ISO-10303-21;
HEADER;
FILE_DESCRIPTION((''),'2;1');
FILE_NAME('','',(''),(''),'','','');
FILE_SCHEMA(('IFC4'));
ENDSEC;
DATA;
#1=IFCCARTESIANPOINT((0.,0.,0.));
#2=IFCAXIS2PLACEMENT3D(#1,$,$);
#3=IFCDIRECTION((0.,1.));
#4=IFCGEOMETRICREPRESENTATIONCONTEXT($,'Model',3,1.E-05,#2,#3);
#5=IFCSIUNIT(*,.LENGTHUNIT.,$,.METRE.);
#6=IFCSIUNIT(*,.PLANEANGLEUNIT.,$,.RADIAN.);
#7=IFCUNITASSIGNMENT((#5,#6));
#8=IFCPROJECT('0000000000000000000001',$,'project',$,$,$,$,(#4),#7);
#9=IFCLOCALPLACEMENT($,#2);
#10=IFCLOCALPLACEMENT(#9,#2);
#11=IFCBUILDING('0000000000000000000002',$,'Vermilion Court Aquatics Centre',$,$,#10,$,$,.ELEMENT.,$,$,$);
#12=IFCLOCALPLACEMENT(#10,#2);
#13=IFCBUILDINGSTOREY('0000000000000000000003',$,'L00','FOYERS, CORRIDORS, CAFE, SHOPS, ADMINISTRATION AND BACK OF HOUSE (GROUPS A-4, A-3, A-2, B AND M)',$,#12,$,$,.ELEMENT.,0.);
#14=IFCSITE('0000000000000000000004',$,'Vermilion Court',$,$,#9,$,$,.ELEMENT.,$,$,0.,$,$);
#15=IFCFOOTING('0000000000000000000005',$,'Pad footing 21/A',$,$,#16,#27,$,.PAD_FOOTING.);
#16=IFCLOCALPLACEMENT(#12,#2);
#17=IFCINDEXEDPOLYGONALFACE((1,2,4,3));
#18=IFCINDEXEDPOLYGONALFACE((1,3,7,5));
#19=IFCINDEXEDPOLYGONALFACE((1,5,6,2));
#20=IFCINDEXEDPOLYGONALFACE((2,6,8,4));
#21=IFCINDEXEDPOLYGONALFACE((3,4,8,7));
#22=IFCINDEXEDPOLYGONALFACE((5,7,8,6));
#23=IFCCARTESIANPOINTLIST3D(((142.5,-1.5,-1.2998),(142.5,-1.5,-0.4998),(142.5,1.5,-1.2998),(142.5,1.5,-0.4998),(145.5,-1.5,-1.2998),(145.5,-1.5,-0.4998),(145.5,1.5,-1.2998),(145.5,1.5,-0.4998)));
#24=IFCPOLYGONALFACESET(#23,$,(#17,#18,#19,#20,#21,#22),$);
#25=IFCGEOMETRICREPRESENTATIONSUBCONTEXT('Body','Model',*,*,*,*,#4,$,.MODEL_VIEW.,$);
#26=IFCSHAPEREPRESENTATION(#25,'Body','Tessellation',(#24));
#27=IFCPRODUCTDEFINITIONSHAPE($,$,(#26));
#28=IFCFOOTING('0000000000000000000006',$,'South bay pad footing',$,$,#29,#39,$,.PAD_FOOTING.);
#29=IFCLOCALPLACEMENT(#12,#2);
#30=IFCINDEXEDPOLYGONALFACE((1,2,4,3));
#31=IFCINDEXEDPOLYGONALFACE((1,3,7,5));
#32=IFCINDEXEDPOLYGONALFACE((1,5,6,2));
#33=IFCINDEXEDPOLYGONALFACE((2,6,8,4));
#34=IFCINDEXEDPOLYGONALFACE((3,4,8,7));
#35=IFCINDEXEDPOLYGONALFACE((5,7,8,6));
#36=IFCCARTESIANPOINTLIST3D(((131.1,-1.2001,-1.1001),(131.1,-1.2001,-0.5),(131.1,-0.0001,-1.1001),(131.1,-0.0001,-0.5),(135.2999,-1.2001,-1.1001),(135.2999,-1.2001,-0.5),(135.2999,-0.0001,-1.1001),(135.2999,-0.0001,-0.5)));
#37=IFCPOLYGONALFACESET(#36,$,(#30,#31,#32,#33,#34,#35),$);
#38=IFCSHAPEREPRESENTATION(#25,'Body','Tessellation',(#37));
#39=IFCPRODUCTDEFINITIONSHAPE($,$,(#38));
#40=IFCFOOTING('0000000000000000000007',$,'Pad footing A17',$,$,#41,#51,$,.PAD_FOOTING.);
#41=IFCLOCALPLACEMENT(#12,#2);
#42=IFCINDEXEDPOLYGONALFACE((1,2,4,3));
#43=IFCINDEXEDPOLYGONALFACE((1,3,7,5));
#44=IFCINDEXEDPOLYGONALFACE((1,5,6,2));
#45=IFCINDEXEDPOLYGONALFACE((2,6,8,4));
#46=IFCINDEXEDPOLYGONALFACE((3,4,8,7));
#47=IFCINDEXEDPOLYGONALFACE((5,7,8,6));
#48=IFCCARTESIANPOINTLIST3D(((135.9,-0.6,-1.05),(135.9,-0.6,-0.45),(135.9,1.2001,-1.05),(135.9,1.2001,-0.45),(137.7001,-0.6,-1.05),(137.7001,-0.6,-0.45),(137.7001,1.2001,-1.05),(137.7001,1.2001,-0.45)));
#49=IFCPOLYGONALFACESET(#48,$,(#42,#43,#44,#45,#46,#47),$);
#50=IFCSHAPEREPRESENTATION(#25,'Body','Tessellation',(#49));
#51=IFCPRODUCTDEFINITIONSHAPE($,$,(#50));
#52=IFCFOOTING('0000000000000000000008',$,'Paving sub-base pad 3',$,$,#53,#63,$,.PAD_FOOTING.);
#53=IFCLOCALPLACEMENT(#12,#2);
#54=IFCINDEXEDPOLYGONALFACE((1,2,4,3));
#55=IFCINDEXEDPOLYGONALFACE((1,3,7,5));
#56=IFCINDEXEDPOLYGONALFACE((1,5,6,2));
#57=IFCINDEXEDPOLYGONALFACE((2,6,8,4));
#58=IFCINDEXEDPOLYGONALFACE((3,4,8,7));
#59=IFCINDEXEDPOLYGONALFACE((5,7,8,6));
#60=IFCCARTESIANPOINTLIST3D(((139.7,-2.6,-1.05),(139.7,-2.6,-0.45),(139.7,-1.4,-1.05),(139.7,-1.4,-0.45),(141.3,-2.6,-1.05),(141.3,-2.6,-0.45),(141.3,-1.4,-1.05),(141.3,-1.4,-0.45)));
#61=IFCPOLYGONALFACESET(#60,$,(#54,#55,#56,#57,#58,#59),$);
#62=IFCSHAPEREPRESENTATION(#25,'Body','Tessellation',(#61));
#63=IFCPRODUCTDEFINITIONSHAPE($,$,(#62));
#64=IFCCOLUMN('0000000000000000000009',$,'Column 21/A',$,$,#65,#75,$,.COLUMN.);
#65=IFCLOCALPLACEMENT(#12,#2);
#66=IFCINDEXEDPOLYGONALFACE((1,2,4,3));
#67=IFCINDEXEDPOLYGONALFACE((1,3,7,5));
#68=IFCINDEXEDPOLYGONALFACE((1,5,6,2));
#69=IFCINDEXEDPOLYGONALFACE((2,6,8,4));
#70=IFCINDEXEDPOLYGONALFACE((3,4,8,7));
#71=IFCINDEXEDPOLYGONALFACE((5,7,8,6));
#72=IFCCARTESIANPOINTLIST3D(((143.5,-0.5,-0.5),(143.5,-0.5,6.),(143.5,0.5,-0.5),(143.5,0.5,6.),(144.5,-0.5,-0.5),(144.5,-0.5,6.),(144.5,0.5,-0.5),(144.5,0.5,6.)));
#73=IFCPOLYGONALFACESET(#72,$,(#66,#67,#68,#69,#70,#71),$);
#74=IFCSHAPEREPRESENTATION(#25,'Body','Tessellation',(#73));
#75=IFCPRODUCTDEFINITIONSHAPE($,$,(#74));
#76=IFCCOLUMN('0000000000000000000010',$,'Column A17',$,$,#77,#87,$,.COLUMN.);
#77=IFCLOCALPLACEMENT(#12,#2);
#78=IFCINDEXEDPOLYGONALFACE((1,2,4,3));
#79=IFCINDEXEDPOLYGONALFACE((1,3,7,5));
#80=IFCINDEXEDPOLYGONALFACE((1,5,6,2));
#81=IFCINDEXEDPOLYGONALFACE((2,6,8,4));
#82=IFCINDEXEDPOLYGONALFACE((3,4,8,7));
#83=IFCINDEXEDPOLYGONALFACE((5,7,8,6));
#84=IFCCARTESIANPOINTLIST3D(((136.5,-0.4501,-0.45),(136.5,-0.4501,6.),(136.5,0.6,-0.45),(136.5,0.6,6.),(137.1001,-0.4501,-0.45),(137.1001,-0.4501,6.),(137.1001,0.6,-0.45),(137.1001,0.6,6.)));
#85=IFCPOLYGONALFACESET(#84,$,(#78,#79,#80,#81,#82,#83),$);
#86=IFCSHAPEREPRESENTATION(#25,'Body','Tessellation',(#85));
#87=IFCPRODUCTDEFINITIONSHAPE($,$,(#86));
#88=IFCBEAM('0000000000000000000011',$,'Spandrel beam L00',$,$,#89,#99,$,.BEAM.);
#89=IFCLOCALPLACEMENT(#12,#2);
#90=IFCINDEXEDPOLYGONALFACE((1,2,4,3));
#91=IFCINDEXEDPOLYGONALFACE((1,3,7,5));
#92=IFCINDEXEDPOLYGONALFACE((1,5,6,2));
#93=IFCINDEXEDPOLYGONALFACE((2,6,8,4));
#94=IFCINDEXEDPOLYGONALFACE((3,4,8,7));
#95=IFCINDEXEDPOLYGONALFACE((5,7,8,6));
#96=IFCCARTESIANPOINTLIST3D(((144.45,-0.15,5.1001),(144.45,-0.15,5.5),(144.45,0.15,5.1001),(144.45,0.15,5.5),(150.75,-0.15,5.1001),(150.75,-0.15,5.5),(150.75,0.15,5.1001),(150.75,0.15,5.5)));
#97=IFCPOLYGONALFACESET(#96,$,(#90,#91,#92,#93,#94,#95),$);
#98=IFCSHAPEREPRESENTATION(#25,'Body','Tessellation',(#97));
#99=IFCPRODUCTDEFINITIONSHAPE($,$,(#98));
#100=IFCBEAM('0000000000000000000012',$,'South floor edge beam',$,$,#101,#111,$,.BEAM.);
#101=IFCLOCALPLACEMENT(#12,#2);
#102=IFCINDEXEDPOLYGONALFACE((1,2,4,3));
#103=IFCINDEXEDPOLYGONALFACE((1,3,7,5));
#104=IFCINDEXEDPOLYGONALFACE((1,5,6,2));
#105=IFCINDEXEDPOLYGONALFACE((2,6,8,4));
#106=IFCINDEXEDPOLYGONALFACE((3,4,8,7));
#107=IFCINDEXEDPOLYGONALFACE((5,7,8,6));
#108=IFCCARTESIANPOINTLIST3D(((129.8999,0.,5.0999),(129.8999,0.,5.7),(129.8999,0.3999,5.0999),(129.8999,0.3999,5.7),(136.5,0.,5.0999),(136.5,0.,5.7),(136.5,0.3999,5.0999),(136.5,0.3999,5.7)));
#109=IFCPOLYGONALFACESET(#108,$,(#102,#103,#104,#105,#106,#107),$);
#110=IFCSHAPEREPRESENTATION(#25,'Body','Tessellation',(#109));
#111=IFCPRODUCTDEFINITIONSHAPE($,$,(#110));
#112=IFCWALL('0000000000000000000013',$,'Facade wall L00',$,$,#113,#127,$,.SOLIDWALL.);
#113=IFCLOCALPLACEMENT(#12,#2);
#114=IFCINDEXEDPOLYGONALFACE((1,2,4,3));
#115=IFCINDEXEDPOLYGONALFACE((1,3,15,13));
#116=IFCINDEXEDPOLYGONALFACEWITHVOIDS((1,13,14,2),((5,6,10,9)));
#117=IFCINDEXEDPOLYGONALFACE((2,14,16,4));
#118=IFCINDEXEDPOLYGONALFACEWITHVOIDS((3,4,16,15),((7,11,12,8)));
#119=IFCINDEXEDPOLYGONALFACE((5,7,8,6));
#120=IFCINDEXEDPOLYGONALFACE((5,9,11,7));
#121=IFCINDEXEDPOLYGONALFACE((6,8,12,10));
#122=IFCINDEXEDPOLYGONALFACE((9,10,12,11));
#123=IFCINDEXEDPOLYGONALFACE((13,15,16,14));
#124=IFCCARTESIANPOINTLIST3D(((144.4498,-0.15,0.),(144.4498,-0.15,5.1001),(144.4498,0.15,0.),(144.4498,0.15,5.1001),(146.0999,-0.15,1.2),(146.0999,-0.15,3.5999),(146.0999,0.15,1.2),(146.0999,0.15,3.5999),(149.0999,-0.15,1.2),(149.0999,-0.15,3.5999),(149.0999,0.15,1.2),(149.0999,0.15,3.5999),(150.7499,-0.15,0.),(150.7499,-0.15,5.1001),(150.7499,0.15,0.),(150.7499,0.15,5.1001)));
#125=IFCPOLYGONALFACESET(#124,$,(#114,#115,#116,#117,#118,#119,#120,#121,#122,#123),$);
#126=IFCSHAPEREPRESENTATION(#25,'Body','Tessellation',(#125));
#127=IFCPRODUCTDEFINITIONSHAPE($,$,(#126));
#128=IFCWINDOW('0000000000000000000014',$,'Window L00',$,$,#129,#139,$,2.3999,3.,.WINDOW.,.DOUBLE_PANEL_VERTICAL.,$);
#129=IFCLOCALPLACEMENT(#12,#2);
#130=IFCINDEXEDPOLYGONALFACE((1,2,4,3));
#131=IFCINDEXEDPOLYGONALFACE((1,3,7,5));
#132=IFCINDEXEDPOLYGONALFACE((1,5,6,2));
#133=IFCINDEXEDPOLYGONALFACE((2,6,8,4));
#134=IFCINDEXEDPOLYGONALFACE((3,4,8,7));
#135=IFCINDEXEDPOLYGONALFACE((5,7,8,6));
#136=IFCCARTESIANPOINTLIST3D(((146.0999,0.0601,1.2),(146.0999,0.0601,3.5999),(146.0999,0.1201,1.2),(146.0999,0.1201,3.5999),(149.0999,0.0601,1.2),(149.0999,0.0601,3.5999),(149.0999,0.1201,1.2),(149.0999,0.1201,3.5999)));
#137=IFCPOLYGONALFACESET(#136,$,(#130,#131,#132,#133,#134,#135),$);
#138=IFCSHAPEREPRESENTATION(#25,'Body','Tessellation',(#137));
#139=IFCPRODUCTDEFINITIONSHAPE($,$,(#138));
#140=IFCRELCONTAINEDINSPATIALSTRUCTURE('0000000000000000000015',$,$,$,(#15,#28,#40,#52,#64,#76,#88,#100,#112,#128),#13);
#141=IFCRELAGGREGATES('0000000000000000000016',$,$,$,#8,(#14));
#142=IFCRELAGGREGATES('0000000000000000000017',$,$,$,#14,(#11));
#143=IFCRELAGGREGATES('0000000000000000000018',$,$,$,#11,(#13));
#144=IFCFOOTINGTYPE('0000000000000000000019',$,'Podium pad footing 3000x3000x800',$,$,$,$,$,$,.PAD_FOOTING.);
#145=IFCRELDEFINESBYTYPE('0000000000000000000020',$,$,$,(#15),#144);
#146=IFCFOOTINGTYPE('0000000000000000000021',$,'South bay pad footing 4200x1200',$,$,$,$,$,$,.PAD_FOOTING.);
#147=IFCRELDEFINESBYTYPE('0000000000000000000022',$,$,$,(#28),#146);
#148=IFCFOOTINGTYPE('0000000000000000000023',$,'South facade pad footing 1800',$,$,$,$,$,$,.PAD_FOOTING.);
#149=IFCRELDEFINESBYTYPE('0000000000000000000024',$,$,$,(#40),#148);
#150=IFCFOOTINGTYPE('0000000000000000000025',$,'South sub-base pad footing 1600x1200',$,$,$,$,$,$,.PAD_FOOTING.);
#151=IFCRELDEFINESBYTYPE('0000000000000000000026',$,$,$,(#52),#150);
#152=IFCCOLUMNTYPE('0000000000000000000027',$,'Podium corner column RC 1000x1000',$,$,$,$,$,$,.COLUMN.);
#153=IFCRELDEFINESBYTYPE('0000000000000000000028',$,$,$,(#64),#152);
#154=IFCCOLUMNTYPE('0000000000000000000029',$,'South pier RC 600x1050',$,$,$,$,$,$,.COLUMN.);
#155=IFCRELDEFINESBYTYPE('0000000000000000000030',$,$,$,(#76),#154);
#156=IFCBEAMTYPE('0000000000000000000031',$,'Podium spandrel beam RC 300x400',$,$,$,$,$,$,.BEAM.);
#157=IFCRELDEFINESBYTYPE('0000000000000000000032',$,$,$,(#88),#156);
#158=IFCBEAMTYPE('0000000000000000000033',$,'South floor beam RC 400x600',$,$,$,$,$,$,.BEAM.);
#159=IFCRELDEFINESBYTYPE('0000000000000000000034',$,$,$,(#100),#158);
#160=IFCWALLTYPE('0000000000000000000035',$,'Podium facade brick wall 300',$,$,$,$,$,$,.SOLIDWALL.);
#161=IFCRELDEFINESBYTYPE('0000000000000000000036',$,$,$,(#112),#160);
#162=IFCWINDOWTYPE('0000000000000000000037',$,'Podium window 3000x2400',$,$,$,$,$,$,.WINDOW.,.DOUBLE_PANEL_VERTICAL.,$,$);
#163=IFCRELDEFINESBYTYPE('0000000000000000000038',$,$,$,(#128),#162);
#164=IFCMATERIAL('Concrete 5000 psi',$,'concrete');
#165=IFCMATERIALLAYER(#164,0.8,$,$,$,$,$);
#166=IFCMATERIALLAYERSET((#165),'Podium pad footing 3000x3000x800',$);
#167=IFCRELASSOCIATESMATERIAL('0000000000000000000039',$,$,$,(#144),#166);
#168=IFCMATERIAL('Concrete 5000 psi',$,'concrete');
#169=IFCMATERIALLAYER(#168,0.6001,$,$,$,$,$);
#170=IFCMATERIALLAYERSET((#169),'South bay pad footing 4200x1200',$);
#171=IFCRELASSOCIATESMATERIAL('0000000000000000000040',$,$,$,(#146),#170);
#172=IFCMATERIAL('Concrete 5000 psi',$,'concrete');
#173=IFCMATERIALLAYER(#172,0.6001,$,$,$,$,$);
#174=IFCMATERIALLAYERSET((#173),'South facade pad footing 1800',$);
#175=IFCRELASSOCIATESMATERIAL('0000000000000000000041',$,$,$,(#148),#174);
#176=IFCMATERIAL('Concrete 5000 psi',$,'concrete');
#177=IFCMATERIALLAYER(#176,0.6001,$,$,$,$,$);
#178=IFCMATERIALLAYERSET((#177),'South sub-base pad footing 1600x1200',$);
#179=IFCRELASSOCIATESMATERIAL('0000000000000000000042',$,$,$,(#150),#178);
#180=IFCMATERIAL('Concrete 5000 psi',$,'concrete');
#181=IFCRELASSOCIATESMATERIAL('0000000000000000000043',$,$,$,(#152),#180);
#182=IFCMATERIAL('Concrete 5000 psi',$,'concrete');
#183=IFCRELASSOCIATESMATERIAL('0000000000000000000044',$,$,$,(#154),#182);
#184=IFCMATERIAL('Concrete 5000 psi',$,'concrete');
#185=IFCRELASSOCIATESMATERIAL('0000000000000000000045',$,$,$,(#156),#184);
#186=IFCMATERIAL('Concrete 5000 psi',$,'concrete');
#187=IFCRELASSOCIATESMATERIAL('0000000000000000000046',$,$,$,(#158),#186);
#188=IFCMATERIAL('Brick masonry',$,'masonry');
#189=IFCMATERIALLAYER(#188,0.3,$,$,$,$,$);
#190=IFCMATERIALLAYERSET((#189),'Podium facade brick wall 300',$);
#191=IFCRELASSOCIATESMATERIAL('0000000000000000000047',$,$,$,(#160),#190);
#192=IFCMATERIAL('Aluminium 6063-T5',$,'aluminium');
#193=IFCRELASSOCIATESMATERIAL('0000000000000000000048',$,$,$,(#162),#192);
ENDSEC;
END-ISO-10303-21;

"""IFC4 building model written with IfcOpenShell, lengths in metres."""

from ifc_helpers import new_model, si_unit, direction, frame, frame_2d, origin, origin_2d, place, context, subcontext, project, spatial, rectangle, extrude, material, layer, layer_set, material_profile, profile_set, type_object, element, fill, save


model = new_model("IFC4")

# Units and contexts
model_context = context("Model", 3, precision=1e-05, world=origin(), true_north=direction((0.0, 1.0)))
body_context = subcontext(model_context, "Body", "Model", "MODEL_VIEW")
ifc_project = project(units=[si_unit("LENGTHUNIT", "METRE"), si_unit("PLANEANGLEUNIT", "RADIAN")], contexts=[model_context])

# Site, building, storey
site_placement = place(None, origin())
site = spatial("IfcSite", under=ifc_project, at=site_placement, Name="Vermilion Court", CompositionType="ELEMENT", RefElevation=0.0)
building_placement = place(site_placement, origin())
building = spatial("IfcBuilding", under=site, at=building_placement, Name="Vermilion Court Aquatics Centre", CompositionType="ELEMENT")
storey_placement = place(building_placement, origin())
storey = spatial("IfcBuildingStorey", under=building, at=storey_placement, Name="L00", Description="FOYERS, CORRIDORS, CAFE, SHOPS, ADMINISTRATION AND BACK OF HOUSE (GROUPS A-4, A-3, A-2, B AND M)", CompositionType="ELEMENT", Elevation=0.0)

# Footings
ifc_material_1 = material(Name="Concrete 5000 psi", Category="concrete")
ifc_layer_1 = layer(ifc_material_1, 0.8)
ifc_layer_set_1 = layer_set([ifc_layer_1], Name="Podium pad footing 3000x3000x800")
footing_type_1 = type_object("IfcFootingType", Name="Podium pad footing 3000x3000x800", PredefinedType="PAD_FOOTING", material=ifc_layer_set_1)
footing_1_placement = place(storey_placement, frame((144.0, 0.0, -1.2998), z_axis=(0.0, 0.0, 1.0), x_axis=(1.0, 0.0, 0.0)))
element("IfcFooting", 1, at=footing_1_placement, inside=storey, type_object=footing_type_1, Name="Pad footing 21/A", PredefinedType="PAD_FOOTING", context=body_context, shape_type="SweptSolid", body=[
    extrude(rectangle(XDim=3.0, YDim=3.0, at=origin_2d()), origin(), (0.0, 0.0, 1.0), 0.8),
])
ifc_material_2 = material(Name="Concrete 5000 psi", Category="concrete")
ifc_layer_2 = layer(ifc_material_2, 0.6001)
ifc_layer_set_2 = layer_set([ifc_layer_2], Name="South bay pad footing 4200x1200")
footing_type_2 = type_object("IfcFootingType", Name="South bay pad footing 4200x1200", PredefinedType="PAD_FOOTING", material=ifc_layer_set_2)
footing_2_placement = place(storey_placement, frame((133.2, -0.6001, -1.1001), z_axis=(0.0, 0.0, 1.0), x_axis=(1.0, 0.0, 0.0)))
element("IfcFooting", 2, at=footing_2_placement, inside=storey, type_object=footing_type_2, Name="South bay pad footing", PredefinedType="PAD_FOOTING", context=body_context, shape_type="SweptSolid", body=[
    extrude(rectangle(XDim=4.2, YDim=1.2, at=origin_2d()), origin(), (0.0, 0.0, 1.0), 0.6001),
])
ifc_material_3 = material(Name="Concrete 5000 psi", Category="concrete")
ifc_layer_3 = layer(ifc_material_3, 0.6001)
ifc_layer_set_3 = layer_set([ifc_layer_3], Name="South facade pad footing 1800")
footing_type_3 = type_object("IfcFootingType", Name="South facade pad footing 1800", PredefinedType="PAD_FOOTING", material=ifc_layer_set_3)
footing_3_placement = place(storey_placement, frame((136.8, 0.3, -1.05), z_axis=(0.0, 0.0, 1.0), x_axis=(1.0, 0.0, 0.0)))
element("IfcFooting", 3, at=footing_3_placement, inside=storey, type_object=footing_type_3, Name="Pad footing A17", PredefinedType="PAD_FOOTING", context=body_context, shape_type="SweptSolid", body=[
    extrude(rectangle(XDim=1.8, YDim=1.8, at=origin_2d()), origin(), (0.0, 0.0, 1.0), 0.6001),
])
ifc_material_4 = material(Name="Concrete 5000 psi", Category="concrete")
ifc_layer_4 = layer(ifc_material_4, 0.6001)
ifc_layer_set_4 = layer_set([ifc_layer_4], Name="South sub-base pad footing 1600x1200")
footing_type_4 = type_object("IfcFootingType", Name="South sub-base pad footing 1600x1200", PredefinedType="PAD_FOOTING", material=ifc_layer_set_4)
footing_4_placement = place(storey_placement, frame((140.5, -2.0, -1.05), z_axis=(0.0, 0.0, 1.0), x_axis=(1.0, 0.0, 0.0)))
element("IfcFooting", 4, at=footing_4_placement, inside=storey, type_object=footing_type_4, Name="Paving sub-base pad 3", PredefinedType="PAD_FOOTING", context=body_context, shape_type="SweptSolid", body=[
    extrude(rectangle(XDim=1.6001, YDim=1.2, at=origin_2d()), origin(), (0.0, 0.0, 1.0), 0.6001),
])

# Columns
ifc_material_5 = material(Name="Concrete 5000 psi", Category="concrete")
ifc_material_profile_1 = material_profile(ifc_material_5, rectangle(XDim=1.0, YDim=1.0, at=origin_2d()), Name="RC 1000x1000")
ifc_profile_set_1 = profile_set([ifc_material_profile_1], Name="Concrete 5000 psi")
column_type_1 = type_object("IfcColumnType", Name="Podium corner column RC 1000x1000", PredefinedType="COLUMN", material=ifc_profile_set_1)
column_1_placement = place(storey_placement, frame((144.0, 0.0, -0.5), z_axis=(0.0, 0.0, 1.0), x_axis=(1.0, 0.0, 0.0)))
element("IfcColumn", 5, at=column_1_placement, inside=storey, type_object=column_type_1, Name="Column 21/A", PredefinedType="COLUMN", context=body_context, shape_type="SweptSolid", body=[
    extrude(rectangle(XDim=1.0, YDim=1.0, at=origin_2d()), origin(), (0.0, 0.0, 1.0), 6.5),
])
ifc_material_6 = material(Name="Concrete 5000 psi", Category="concrete")
ifc_material_profile_2 = material_profile(ifc_material_6, rectangle(XDim=0.6001, YDim=1.05, at=origin_2d()), Name="RC 600x1050")
ifc_profile_set_2 = profile_set([ifc_material_profile_2], Name="Concrete 5000 psi")
column_type_2 = type_object("IfcColumnType", Name="South pier RC 600x1050", PredefinedType="COLUMN", material=ifc_profile_set_2)
column_2_placement = place(storey_placement, frame((136.8, 0.075, -0.45), z_axis=(0.0, 0.0, 1.0), x_axis=(1.0, 0.0, 0.0)))
element("IfcColumn", 6, at=column_2_placement, inside=storey, type_object=column_type_2, Name="Column A17", PredefinedType="COLUMN", context=body_context, shape_type="SweptSolid", body=[
    extrude(rectangle(XDim=0.6001, YDim=1.05, at=origin_2d()), origin(), (0.0, 0.0, 1.0), 6.45),
])

# Beams
ifc_material_7 = material(Name="Concrete 5000 psi", Category="concrete")
ifc_material_profile_3 = material_profile(ifc_material_7, rectangle(XDim=0.3, YDim=0.3999, at=origin_2d()), Name="RC 300x400")
ifc_profile_set_3 = profile_set([ifc_material_profile_3], Name="Concrete 5000 psi")
beam_type_1 = type_object("IfcBeamType", Name="Podium spandrel beam RC 300x400", PredefinedType="BEAM", material=ifc_profile_set_3)
beam_1_placement = place(storey_placement, frame((144.45, 0.0, 5.3), z_axis=(1.0, 0.0, 0.0), x_axis=(0.0, 1.0, 0.0)))
element("IfcBeam", 7, at=beam_1_placement, inside=storey, type_object=beam_type_1, Name="Spandrel beam L00", PredefinedType="BEAM", context=body_context, shape_type="SweptSolid", body=[
    extrude(rectangle(XDim=0.3, YDim=0.3999, at=origin_2d()), origin(), (0.0, 0.0, 1.0), 6.3),
])
ifc_material_8 = material(Name="Concrete 5000 psi", Category="concrete")
ifc_material_profile_4 = material_profile(ifc_material_8, rectangle(XDim=0.3999, YDim=0.6001, at=origin_2d()), Name="RC 400x600")
ifc_profile_set_4 = profile_set([ifc_material_profile_4], Name="Concrete 5000 psi")
beam_type_2 = type_object("IfcBeamType", Name="South floor beam RC 400x600", PredefinedType="BEAM", material=ifc_profile_set_4)
beam_2_placement = place(storey_placement, frame((129.8999, 0.2, 5.3999), z_axis=(1.0, 0.0, 0.0), x_axis=(0.0, 1.0, 0.0)))
element("IfcBeam", 8, at=beam_2_placement, inside=storey, type_object=beam_type_2, Name="South floor edge beam", PredefinedType="BEAM", context=body_context, shape_type="SweptSolid", body=[
    extrude(rectangle(XDim=0.3999, YDim=0.6001, at=origin_2d()), origin(), (0.0, 0.0, 1.0), 6.6001),
])

# Wall, opening, window
ifc_material_9 = material(Name="Brick masonry", Category="masonry")
ifc_layer_5 = layer(ifc_material_9, 0.3)
ifc_layer_set_5 = layer_set([ifc_layer_5], Name="Podium facade brick wall 300")
wall_type_1 = type_object("IfcWallType", Name="Podium facade brick wall 300", PredefinedType="SOLIDWALL", material=ifc_layer_set_5)
wall_1_placement = place(storey_placement, frame((144.45, 0.0, 0.0), z_axis=(0.0, 0.0, 1.0), x_axis=(1.0, 0.0, 0.0)))
wall_1 = element("IfcWall", 9, at=wall_1_placement, inside=storey, type_object=wall_type_1, Name="Facade wall L00", PredefinedType="SOLIDWALL", context=body_context, shape_type="SweptSolid", body=[
    extrude(rectangle(XDim=6.3, YDim=0.3, at=frame_2d((3.1499, 0.0))), origin(), (0.0, 0.0, 1.0), 5.1001),
])
opening_1_placement = place(wall_1_placement, frame((1.6499, 0.0, 1.2)))
opening_1 = element("IfcOpeningElement", 10, at=opening_1_placement, cuts=wall_1, PredefinedType="OPENING", context=body_context, shape_type="SweptSolid", body=[
    extrude(rectangle(XDim=3.0, YDim=2.3999, at=frame_2d((1.5, 1.2))), frame((0.0, 0.1599, 0.0), z_axis=(0.0, -1.0, 0.0), x_axis=(1.0, 0.0, 0.0)), (0.0, 0.0, 1.0), 0.3201),
])
ifc_material_10 = material(Name="Aluminium 6063-T5", Category="aluminium")
window_type = type_object("IfcWindowType", Name="Podium window 3000x2400", PartitioningType="DOUBLE_PANEL_VERTICAL", PredefinedType="WINDOW", material=ifc_material_10)
window_placement = place(opening_1_placement, origin())
window = element("IfcWindow", 11, at=window_placement, inside=storey, type_object=window_type, Name="Window L00", OverallHeight=2.3999, OverallWidth=3.0, PartitioningType="DOUBLE_PANEL_VERTICAL", PredefinedType="WINDOW", context=body_context, shape_type="SweptSolid", body=[
    extrude(rectangle(XDim=3.0, YDim=2.3999, at=frame_2d((1.5, 1.2))), frame((0.0, 0.1201, 0.0), z_axis=(0.0, -1.0, 0.0), x_axis=(1.0, 0.0, 0.0)), (0.0, 0.0, 1.0), 0.0601),
])
fill(opening_1, window)

save(model, "model.ifc")
